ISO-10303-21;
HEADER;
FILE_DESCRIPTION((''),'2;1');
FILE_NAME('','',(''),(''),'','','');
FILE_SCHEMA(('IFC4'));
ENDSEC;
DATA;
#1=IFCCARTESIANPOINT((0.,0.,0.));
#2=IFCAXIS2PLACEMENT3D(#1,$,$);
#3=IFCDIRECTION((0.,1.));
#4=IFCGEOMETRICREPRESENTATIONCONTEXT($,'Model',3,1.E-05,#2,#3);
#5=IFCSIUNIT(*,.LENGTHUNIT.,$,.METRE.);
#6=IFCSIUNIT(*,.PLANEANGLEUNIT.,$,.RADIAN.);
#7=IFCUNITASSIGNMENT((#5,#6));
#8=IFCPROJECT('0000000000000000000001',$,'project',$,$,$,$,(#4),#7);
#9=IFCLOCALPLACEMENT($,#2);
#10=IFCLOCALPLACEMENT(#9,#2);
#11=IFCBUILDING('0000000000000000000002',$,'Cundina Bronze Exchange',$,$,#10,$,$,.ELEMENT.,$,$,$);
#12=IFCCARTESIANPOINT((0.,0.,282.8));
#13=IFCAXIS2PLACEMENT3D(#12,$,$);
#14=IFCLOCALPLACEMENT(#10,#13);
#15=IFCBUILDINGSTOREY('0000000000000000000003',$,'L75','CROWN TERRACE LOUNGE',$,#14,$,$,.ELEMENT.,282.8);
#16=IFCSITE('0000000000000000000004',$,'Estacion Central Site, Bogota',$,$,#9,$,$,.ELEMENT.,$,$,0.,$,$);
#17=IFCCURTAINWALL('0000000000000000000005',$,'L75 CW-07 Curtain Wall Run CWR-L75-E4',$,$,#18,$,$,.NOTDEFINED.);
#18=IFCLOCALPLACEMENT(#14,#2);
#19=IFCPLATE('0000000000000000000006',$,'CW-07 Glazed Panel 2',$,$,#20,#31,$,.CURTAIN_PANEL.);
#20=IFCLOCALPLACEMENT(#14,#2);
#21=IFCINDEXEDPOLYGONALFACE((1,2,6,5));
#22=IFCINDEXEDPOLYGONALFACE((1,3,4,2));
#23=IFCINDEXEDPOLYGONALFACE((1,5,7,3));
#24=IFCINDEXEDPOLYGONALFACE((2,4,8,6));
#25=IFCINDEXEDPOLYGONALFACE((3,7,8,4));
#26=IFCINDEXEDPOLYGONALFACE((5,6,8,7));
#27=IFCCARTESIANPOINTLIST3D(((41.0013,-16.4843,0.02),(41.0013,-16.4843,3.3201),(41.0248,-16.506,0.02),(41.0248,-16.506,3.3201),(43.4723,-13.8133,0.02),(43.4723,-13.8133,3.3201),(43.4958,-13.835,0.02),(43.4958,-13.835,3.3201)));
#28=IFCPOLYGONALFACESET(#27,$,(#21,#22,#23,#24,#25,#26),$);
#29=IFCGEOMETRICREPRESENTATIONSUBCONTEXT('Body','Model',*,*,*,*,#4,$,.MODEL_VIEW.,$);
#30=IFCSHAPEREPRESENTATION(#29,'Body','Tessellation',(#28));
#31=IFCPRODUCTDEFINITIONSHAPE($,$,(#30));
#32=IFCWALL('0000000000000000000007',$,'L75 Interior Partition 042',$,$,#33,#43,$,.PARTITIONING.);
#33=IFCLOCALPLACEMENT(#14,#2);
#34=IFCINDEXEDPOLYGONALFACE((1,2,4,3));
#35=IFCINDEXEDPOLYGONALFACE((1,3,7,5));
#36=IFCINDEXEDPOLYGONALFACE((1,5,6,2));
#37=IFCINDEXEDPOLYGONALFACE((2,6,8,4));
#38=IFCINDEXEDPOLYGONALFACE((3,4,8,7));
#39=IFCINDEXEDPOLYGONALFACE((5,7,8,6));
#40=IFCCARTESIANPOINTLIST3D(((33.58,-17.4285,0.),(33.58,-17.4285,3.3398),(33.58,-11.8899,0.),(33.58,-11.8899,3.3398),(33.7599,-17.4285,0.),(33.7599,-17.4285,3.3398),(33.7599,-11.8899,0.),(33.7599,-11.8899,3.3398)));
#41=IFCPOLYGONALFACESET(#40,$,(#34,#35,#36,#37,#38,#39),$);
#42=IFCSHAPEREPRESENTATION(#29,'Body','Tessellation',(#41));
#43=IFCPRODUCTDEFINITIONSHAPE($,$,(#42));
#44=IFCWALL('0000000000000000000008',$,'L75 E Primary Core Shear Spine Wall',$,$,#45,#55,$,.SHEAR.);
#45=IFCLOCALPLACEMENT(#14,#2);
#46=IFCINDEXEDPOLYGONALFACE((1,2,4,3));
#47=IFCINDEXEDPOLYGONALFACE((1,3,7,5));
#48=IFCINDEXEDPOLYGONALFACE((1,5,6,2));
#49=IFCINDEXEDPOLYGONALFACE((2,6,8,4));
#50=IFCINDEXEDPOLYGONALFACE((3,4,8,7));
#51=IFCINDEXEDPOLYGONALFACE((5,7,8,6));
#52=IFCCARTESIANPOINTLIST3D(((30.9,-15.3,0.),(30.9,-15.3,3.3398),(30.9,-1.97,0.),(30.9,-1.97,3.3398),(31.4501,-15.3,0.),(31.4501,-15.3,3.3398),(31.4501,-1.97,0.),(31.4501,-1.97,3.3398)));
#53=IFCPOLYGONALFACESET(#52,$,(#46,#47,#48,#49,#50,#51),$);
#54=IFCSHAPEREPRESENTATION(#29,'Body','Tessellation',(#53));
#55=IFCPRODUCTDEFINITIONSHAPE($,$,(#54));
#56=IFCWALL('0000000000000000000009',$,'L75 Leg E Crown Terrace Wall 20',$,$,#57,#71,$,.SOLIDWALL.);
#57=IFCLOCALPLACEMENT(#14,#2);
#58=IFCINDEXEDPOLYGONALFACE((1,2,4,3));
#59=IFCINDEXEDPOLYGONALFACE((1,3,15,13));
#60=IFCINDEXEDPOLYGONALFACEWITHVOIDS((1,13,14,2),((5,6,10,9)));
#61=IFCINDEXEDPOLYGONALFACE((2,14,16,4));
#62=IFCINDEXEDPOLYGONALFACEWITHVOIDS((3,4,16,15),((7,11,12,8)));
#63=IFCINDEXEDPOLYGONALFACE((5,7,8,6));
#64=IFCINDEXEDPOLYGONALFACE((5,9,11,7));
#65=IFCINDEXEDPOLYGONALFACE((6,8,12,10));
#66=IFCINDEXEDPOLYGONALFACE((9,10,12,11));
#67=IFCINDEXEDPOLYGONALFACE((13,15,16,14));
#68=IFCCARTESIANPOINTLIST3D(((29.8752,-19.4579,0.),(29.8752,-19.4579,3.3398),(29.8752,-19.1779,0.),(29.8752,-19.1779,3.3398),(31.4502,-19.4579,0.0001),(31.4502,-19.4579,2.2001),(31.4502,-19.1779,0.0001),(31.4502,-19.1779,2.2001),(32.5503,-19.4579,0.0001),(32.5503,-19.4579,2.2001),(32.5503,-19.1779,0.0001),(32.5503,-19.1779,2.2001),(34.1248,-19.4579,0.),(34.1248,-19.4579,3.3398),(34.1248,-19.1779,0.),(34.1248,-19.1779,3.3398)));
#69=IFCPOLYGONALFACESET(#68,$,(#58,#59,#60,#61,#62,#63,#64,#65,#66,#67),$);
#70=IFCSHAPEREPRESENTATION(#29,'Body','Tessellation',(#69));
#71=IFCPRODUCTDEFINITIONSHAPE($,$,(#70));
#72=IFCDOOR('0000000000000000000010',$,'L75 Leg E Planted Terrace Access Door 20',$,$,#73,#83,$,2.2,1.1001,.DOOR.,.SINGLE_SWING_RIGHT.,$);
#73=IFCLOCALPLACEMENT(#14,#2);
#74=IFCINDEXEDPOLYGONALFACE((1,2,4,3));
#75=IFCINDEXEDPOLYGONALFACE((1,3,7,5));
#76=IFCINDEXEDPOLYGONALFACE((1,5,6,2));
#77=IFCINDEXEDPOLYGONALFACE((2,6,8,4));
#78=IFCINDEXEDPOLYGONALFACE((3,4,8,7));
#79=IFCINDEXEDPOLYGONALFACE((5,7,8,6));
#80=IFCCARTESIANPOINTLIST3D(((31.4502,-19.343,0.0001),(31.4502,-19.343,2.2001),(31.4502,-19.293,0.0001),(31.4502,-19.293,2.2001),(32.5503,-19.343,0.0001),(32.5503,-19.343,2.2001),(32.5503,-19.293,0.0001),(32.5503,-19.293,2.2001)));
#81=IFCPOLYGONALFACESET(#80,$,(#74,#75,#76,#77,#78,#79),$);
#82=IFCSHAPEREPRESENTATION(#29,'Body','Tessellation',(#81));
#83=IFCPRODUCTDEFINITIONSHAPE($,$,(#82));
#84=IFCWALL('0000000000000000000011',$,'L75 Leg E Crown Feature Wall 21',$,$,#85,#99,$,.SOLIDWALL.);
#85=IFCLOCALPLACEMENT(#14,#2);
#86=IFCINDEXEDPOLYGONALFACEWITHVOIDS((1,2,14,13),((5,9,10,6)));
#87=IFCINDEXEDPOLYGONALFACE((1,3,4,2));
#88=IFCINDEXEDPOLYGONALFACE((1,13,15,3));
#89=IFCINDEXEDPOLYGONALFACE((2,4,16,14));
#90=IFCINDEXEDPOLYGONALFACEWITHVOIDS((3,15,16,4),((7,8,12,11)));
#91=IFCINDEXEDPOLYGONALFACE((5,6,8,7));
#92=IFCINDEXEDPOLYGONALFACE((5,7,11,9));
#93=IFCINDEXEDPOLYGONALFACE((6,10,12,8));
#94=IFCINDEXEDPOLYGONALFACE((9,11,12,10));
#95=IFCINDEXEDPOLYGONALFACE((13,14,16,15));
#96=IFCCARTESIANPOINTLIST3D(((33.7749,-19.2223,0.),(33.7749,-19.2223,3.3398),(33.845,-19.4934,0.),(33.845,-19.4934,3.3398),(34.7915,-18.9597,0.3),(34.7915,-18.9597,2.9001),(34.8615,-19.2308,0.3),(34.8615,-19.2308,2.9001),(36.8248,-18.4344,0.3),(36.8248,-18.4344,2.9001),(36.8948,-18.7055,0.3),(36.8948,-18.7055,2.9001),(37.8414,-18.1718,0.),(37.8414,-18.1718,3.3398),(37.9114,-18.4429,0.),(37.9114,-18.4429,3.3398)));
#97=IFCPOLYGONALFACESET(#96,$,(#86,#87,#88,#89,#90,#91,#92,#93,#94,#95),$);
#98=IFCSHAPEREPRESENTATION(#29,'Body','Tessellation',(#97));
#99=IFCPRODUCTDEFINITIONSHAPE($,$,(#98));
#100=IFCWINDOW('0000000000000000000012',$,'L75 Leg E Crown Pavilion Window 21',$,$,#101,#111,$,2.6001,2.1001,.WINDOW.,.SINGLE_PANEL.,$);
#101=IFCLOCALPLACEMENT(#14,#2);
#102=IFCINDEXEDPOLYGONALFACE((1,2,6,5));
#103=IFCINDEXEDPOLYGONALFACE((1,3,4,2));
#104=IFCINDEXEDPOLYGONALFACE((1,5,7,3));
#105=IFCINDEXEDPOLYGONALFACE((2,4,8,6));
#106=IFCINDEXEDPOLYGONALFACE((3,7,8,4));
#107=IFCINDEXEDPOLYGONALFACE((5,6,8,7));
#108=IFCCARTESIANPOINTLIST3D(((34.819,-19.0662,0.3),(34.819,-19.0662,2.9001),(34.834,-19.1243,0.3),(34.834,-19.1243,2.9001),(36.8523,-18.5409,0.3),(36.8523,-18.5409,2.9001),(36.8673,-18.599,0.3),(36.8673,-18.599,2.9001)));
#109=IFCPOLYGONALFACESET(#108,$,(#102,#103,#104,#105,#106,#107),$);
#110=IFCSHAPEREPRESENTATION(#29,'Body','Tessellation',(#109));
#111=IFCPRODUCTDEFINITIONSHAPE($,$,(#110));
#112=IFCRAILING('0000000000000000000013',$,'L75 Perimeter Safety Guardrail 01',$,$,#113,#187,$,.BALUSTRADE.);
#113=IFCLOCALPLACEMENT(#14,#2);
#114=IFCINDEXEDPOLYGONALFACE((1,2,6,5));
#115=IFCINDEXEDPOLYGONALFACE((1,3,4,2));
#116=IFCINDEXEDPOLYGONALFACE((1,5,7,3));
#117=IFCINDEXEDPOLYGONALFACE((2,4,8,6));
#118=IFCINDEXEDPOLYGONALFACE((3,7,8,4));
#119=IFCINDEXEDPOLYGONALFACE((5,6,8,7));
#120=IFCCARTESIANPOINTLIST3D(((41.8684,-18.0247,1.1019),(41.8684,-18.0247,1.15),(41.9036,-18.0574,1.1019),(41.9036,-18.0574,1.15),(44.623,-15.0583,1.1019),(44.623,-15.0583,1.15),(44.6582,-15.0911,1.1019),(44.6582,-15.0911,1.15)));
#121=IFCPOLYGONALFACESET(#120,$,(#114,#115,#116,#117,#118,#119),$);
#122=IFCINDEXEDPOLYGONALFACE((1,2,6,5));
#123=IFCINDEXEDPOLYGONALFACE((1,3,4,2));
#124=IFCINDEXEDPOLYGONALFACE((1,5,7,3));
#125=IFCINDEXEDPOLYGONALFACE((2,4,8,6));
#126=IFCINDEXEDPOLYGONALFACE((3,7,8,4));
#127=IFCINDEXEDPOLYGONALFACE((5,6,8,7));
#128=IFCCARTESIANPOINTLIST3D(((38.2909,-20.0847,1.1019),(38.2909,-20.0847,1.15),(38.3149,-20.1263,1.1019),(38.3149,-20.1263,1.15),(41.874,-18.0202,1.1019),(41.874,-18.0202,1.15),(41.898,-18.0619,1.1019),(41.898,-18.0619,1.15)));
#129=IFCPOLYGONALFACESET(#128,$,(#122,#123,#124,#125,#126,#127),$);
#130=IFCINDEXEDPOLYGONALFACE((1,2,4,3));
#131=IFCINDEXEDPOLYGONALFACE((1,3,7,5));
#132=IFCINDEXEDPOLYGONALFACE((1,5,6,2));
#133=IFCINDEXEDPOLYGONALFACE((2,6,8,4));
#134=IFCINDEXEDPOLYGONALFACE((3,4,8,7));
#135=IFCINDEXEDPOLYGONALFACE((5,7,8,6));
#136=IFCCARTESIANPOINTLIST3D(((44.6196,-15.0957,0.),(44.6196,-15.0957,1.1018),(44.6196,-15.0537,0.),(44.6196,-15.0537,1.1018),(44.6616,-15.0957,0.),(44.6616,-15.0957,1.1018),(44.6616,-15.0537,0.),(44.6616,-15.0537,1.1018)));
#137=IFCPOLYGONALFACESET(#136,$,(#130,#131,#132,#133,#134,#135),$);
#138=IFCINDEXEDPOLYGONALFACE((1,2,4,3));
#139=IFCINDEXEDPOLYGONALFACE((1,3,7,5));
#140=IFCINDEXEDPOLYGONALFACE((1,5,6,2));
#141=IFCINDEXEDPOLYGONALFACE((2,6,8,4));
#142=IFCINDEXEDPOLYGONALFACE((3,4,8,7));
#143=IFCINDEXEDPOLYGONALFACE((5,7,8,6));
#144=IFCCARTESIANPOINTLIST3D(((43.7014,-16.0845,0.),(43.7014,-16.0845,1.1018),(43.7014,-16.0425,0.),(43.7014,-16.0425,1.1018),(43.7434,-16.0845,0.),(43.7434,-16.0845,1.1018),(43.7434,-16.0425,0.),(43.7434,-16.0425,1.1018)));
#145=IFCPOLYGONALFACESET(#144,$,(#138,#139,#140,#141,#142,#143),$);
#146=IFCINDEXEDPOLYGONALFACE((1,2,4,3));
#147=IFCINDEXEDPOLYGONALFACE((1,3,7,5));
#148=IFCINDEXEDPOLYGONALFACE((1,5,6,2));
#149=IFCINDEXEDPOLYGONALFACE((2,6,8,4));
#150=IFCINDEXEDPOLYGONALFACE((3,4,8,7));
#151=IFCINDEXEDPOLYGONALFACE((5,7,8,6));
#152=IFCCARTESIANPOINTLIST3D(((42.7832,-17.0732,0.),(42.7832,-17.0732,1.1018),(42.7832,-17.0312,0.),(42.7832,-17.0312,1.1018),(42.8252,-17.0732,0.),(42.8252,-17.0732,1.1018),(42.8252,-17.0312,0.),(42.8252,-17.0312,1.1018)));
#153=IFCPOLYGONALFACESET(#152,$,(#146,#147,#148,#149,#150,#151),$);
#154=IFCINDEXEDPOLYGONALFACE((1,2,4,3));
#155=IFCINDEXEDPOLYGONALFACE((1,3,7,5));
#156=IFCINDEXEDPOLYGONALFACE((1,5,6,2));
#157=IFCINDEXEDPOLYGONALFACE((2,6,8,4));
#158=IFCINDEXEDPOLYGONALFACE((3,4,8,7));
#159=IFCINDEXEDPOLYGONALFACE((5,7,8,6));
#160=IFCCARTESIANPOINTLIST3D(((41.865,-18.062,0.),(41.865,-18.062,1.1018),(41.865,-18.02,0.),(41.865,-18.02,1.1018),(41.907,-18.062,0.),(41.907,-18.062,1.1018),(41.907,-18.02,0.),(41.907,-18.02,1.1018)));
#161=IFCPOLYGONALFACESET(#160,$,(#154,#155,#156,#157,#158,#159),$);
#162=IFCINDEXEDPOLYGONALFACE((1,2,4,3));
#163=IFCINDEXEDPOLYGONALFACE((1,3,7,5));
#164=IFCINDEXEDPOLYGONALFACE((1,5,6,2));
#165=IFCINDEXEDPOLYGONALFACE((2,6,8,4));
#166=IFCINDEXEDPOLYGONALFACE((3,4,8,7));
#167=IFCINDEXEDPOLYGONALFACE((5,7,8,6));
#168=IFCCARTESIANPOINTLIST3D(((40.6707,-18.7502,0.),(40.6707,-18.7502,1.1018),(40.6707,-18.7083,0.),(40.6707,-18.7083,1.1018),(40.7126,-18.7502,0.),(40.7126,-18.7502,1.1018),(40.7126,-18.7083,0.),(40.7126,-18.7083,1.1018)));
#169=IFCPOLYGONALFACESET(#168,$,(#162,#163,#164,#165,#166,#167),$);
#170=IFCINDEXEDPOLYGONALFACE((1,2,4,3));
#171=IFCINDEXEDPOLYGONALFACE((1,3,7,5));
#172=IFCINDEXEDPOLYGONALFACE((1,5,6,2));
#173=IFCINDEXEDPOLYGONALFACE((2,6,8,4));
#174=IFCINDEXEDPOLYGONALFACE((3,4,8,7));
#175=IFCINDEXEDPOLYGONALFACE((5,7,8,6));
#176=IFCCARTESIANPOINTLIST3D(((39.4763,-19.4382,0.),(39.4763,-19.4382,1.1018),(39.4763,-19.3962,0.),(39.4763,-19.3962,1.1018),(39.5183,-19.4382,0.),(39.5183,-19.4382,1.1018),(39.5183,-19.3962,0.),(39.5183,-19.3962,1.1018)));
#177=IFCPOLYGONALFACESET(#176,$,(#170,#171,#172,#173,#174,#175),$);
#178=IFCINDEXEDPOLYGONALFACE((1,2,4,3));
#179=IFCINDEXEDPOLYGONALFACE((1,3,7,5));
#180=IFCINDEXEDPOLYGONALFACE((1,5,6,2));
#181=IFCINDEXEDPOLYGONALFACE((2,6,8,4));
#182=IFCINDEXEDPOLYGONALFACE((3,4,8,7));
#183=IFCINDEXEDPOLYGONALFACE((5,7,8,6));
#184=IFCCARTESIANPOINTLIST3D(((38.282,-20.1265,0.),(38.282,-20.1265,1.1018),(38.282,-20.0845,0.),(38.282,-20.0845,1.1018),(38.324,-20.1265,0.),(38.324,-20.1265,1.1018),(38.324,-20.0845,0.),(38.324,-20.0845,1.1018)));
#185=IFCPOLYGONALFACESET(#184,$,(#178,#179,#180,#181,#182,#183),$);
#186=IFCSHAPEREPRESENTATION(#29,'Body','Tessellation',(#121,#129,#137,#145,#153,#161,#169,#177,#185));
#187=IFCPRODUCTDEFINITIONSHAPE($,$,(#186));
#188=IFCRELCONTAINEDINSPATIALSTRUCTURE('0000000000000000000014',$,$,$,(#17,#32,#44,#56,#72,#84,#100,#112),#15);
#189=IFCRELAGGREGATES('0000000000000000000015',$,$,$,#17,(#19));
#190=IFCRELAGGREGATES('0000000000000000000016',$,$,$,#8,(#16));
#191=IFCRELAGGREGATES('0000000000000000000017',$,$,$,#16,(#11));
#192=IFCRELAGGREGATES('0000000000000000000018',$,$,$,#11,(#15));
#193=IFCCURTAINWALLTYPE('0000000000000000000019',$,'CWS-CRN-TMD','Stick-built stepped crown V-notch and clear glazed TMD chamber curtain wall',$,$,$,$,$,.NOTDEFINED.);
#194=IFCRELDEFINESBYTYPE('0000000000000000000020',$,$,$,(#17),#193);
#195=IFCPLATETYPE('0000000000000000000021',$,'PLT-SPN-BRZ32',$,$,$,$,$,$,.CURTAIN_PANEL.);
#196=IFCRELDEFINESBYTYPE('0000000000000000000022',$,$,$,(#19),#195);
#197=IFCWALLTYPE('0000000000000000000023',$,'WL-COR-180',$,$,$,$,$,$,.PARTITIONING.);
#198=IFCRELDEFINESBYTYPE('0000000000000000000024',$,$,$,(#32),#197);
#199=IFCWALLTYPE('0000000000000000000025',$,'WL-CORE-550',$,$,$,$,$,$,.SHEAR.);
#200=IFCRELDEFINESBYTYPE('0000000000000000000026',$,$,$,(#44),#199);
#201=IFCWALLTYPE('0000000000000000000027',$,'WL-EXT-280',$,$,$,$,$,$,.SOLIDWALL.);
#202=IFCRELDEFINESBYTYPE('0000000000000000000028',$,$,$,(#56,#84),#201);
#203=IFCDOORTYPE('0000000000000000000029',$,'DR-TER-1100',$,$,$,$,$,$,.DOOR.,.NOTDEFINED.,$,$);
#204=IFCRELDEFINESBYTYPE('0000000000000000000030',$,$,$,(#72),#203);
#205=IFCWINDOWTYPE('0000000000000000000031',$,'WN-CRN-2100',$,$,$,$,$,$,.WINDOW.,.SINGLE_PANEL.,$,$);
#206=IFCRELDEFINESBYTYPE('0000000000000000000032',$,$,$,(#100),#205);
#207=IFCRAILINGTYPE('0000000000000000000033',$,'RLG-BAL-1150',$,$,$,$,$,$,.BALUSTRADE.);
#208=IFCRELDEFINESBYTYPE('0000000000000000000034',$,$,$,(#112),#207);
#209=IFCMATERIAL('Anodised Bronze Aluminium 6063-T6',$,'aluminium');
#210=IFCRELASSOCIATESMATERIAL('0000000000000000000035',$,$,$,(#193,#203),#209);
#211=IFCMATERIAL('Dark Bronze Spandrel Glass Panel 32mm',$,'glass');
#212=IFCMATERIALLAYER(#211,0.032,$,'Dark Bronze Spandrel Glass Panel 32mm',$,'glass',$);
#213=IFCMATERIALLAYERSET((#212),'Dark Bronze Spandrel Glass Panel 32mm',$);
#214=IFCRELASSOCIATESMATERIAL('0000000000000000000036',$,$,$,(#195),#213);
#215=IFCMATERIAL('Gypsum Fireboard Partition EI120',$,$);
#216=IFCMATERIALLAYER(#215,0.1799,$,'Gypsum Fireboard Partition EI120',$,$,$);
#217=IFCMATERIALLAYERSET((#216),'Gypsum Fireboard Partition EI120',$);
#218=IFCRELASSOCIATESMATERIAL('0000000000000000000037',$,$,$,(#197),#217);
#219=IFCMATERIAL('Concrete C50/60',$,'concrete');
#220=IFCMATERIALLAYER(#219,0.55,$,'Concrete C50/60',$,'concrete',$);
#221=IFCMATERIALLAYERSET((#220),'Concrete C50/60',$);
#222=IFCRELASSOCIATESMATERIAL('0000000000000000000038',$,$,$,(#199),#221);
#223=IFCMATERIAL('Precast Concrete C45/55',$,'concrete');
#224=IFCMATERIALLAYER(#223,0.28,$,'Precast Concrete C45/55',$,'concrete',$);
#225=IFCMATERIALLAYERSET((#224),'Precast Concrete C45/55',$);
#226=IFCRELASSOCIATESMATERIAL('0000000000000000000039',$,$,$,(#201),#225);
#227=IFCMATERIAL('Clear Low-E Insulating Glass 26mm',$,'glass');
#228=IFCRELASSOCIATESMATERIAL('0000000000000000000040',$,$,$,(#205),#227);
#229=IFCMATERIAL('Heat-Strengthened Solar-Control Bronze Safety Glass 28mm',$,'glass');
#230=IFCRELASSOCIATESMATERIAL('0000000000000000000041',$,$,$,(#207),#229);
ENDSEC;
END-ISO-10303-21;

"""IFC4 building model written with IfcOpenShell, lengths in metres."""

from ifc_helpers import new_model, si_unit, direction, frame, frame_2d, origin, origin_2d, place, context, subcontext, project, spatial, rectangle, extrude, material, layer, layer_set, type_object, element, fill, aggregate, save


model = new_model("IFC4")

# Units and contexts
model_context = context("Model", 3, precision=1e-05, world=origin(), true_north=direction((0.0, 1.0)))
body_context = subcontext(model_context, "Body", "Model", "MODEL_VIEW")
ifc_project = project(units=[si_unit("LENGTHUNIT", "METRE"), si_unit("PLANEANGLEUNIT", "RADIAN")], contexts=[model_context])

# Site, building, storey
site_placement = place(None, origin())
site = spatial("IfcSite", under=ifc_project, at=site_placement, Name="Estacion Central Site, Bogota", CompositionType="ELEMENT", RefElevation=0.0)
building_placement = place(site_placement, origin())
building = spatial("IfcBuilding", under=site, at=building_placement, Name="Cundina Bronze Exchange", CompositionType="ELEMENT")
storey_placement = place(building_placement, frame((0.0, 0.0, 282.8)))
storey = spatial("IfcBuildingStorey", under=building, at=storey_placement, Name="L75", Description="CROWN TERRACE LOUNGE", CompositionType="ELEMENT", Elevation=282.8)

# Shared definitions
ifc_material_1 = material(Name="Anodised Bronze Aluminium 6063-T6", Category="aluminium")
curtain_wall_type = type_object("IfcCurtainWallType", Name="CWS-CRN-TMD", Description="Stick-built stepped crown V-notch and clear glazed TMD chamber curtain wall", PredefinedType="NOTDEFINED", material=ifc_material_1)

# Curtain wall
curtain_wall_1_placement = place(storey_placement, origin())
curtain_wall_1 = element("IfcCurtainWall", 1, at=curtain_wall_1_placement, inside=storey, type_object=curtain_wall_type, Name="L75 CW-07 Curtain Wall Run CWR-L75-E4", PredefinedType="NOTDEFINED")

# Plate
ifc_material_2 = material(Name="Clear Low-E Insulating Glass 26mm", Category="glass")
ifc_material_3 = material(Name="Dark Bronze Spandrel Glass Panel 32mm", Category="glass")
ifc_layer_1 = layer(ifc_material_3, 0.032, Name="Dark Bronze Spandrel Glass Panel 32mm", Category="glass")
ifc_layer_set_1 = layer_set([ifc_layer_1], Name="Dark Bronze Spandrel Glass Panel 32mm")
plate_type_1 = type_object("IfcPlateType", Name="PLT-SPN-BRZ32", PredefinedType="CURTAIN_PANEL", material=ifc_layer_set_1)
plate_1_placement = place(storey_placement, frame((42.2485, -15.1597, 0.02), z_axis=(0.0, 0.0, 1.0), x_axis=(0.679083, 0.734062, 0.0)))
plate_1 = element("IfcPlate", 2, at=plate_1_placement, type_object=plate_type_1, Name="CW-07 Glazed Panel 2", PredefinedType="CURTAIN_PANEL", context=body_context, shape_type="SweptSolid", body=[
    extrude(rectangle(XDim=3.6387, YDim=0.032, at=origin_2d()), origin(), (0.0, 0.0, 1.0), 3.3),
])
aggregate(curtain_wall_1, [plate_1])

# Walls
ifc_material_4 = material(Name="Gypsum Fireboard Partition EI120")
ifc_layer_2 = layer(ifc_material_4, 0.1799, Name="Gypsum Fireboard Partition EI120")
ifc_layer_set_2 = layer_set([ifc_layer_2], Name="Gypsum Fireboard Partition EI120")
wall_type_1 = type_object("IfcWallType", Name="WL-COR-180", PredefinedType="PARTITIONING", material=ifc_layer_set_2)
wall_1_placement = place(storey_placement, frame((33.6699, -17.4285, 0.0), z_axis=(0.0, 0.0, 1.0), x_axis=(0.0, 1.0, 0.0)))
element("IfcWall", 3, at=wall_1_placement, inside=storey, type_object=wall_type_1, Name="L75 Interior Partition 042", PredefinedType="PARTITIONING", context=body_context, shape_type="SweptSolid", body=[
    extrude(rectangle(XDim=5.5386, YDim=0.1799, at=frame_2d((2.7693, 0.0))), origin(), (0.0, 0.0, 1.0), 3.3398),
])
ifc_material_5 = material(Name="Concrete C50/60", Category="concrete")
ifc_layer_3 = layer(ifc_material_5, 0.55, Name="Concrete C50/60", Category="concrete")
ifc_layer_set_3 = layer_set([ifc_layer_3], Name="Concrete C50/60")
wall_type_2 = type_object("IfcWallType", Name="WL-CORE-550", PredefinedType="SHEAR", material=ifc_layer_set_3)
wall_2_placement = place(storey_placement, frame((31.175, -15.3, 0.0), z_axis=(0.0, 0.0, 1.0), x_axis=(0.0, 1.0, 0.0)))
element("IfcWall", 4, at=wall_2_placement, inside=storey, type_object=wall_type_2, Name="L75 E Primary Core Shear Spine Wall", PredefinedType="SHEAR", context=body_context, shape_type="SweptSolid", body=[
    extrude(rectangle(XDim=13.3301, YDim=0.55, at=frame_2d((6.665, 0.0))), origin(), (0.0, 0.0, 1.0), 3.3398),
])

# Wall, opening, door
ifc_material_6 = material(Name="Precast Concrete C45/55", Category="concrete")
ifc_layer_4 = layer(ifc_material_6, 0.28, Name="Precast Concrete C45/55", Category="concrete")
ifc_layer_set_4 = layer_set([ifc_layer_4], Name="Precast Concrete C45/55")
wall_type_3 = type_object("IfcWallType", Name="WL-EXT-280", PredefinedType="SOLIDWALL", material=ifc_layer_set_4)
wall_3_placement = place(storey_placement, frame((29.8752, -19.3179, 0.0), z_axis=(0.0, 0.0, 1.0), x_axis=(1.0, 0.0, 0.0)))
wall_3 = element("IfcWall", 5, at=wall_3_placement, inside=storey, type_object=wall_type_3, Name="L75 Leg E Crown Terrace Wall 20", PredefinedType="SOLIDWALL", context=body_context, shape_type="SweptSolid", body=[
    extrude(rectangle(XDim=4.2495, YDim=0.28, at=frame_2d((2.1248, 0.0))), origin(), (0.0, 0.0, 1.0), 3.3398),
])
opening_1_placement = place(wall_3_placement, frame((1.575, 0.0, 0.0)))
opening_1 = element("IfcOpeningElement", 6, at=opening_1_placement, cuts=wall_3, PredefinedType="OPENING", context=body_context, shape_type="SweptSolid", body=[
    extrude(rectangle(XDim=1.1001, YDim=2.2, at=frame_2d((0.55, 1.1001))), frame((0.0, 0.1499, 0.0), z_axis=(0.0, -1.0, 0.0), x_axis=(1.0, 0.0, 0.0)), (0.0, 0.0, 1.0), 0.3),
])
door_type = type_object("IfcDoorType", Name="DR-TER-1100", OperationType="NOTDEFINED", PredefinedType="DOOR", material=ifc_material_1)
door_placement = place(opening_1_placement, origin())
door = element("IfcDoor", 7, at=door_placement, inside=storey, type_object=door_type, Name="L75 Leg E Planted Terrace Access Door 20", OperationType="SINGLE_SWING_RIGHT", OverallHeight=2.2, OverallWidth=1.1001, PredefinedType="DOOR", context=body_context, shape_type="SweptSolid", body=[
    extrude(rectangle(XDim=1.1001, YDim=2.2, at=frame_2d((0.55, 1.1001))), frame((0.0, 0.0249, 0.0), z_axis=(0.0, -1.0, 0.0), x_axis=(1.0, 0.0, 0.0)), (0.0, 0.0, 1.0), 0.05),
])
fill(opening_1, door)

# Wall, opening, window
wall_4_placement = place(storey_placement, frame((33.8098, -19.3579, 0.0), z_axis=(0.0, 0.0, 1.0), x_axis=(0.968212, 0.250133, 0.0)))
wall_4 = element("IfcWall", 8, at=wall_4_placement, inside=storey, type_object=wall_type_3, Name="L75 Leg E Crown Feature Wall 21", PredefinedType="SOLIDWALL", context=body_context, shape_type="SweptSolid", body=[
    extrude(rectangle(XDim=4.2, YDim=0.28, at=frame_2d((2.1001, 0.0))), origin(), (0.0, 0.0, 1.0), 3.3398),
])
opening_2_placement = place(wall_4_placement, frame((1.05, 0.0, 0.3)))
opening_2 = element("IfcOpeningElement", 9, at=opening_2_placement, cuts=wall_4, PredefinedType="OPENING", context=body_context, shape_type="SweptSolid", body=[
    extrude(rectangle(XDim=2.1001, YDim=2.6001, at=frame_2d((1.05, 1.3))), frame((0.0, 0.1499, 0.0), z_axis=(0.0, -1.0, 0.0), x_axis=(1.0, 0.0, 0.0)), (0.0, 0.0, 1.0), 0.3),
])
window_type = type_object("IfcWindowType", Name="WN-CRN-2100", PartitioningType="SINGLE_PANEL", PredefinedType="WINDOW", material=ifc_material_2)
window_placement = place(opening_2_placement, origin())
window = element("IfcWindow", 10, at=window_placement, inside=storey, type_object=window_type, Name="L75 Leg E Crown Pavilion Window 21", OverallHeight=2.6001, OverallWidth=2.1001, PartitioningType="SINGLE_PANEL", PredefinedType="WINDOW", context=body_context, shape_type="SweptSolid", body=[
    extrude(rectangle(XDim=2.1001, YDim=2.6001, at=frame_2d((1.05, 1.3))), frame((0.0, 0.03, 0.0), z_axis=(0.0, -1.0, 0.0), x_axis=(1.0, 0.0, 0.0)), (0.0, 0.0, 1.0), 0.0601),
])
fill(opening_2, window)

# Railing
ifc_material_7 = material(Name="Heat-Strengthened Solar-Control Bronze Safety Glass 28mm", Category="glass")
railing_type = type_object("IfcRailingType", Name="RLG-BAL-1150", PredefinedType="BALUSTRADE", material=ifc_material_7)
railing_1_placement = place(storey_placement, frame((44.6406, -15.0747, 0.0)))
element("IfcRailing", 11, at=railing_1_placement, inside=storey, type_object=railing_type, Name="L75 Perimeter Safety Guardrail 01", PredefinedType="BALUSTRADE", context=body_context, shape_type="SweptSolid", body=[
    extrude(rectangle(XDim=0.0481, YDim=0.0481, at=origin_2d()), frame((0.0, 0.0, 1.126), z_axis=(-0.680479, -0.732768, 0.0), x_axis=(0.732768, -0.680479, 0.0)), (0.0, 0.0, 1.0), 4.0481),
    extrude(rectangle(XDim=0.0481, YDim=0.0481, at=origin_2d()), frame((-2.7546, -2.9663, 1.126), z_axis=(-0.866465, -0.499239, 0.0), x_axis=(0.499239, -0.866465, 0.0)), (0.0, 0.0, 1.0), 4.1353),
    extrude(rectangle(XDim=0.042, YDim=0.042, at=origin_2d()), origin(), (0.0, 0.0, 1.0), 1.1018),
    extrude(rectangle(XDim=0.042, YDim=0.042, at=origin_2d()), frame((-0.9182, -0.9888, 0.0)), (0.0, 0.0, 1.0), 1.1018),
    extrude(rectangle(XDim=0.042, YDim=0.042, at=origin_2d()), frame((-1.8364, -1.9775, 0.0)), (0.0, 0.0, 1.0), 1.1018),
    extrude(rectangle(XDim=0.042, YDim=0.042, at=origin_2d()), frame((-2.7546, -2.9663, 0.0)), (0.0, 0.0, 1.0), 1.1018),
    extrude(rectangle(XDim=0.042, YDim=0.042, at=origin_2d()), frame((-3.949, -3.6545, 0.0)), (0.0, 0.0, 1.0), 1.1018),
    extrude(rectangle(XDim=0.042, YDim=0.042, at=origin_2d()), frame((-5.1433, -4.3425, 0.0)), (0.0, 0.0, 1.0), 1.1018),
    extrude(rectangle(XDim=0.042, YDim=0.042, at=origin_2d()), frame((-6.3376, -5.0308, 0.0)), (0.0, 0.0, 1.0), 1.1018),
])

save(model, "model.ifc")
